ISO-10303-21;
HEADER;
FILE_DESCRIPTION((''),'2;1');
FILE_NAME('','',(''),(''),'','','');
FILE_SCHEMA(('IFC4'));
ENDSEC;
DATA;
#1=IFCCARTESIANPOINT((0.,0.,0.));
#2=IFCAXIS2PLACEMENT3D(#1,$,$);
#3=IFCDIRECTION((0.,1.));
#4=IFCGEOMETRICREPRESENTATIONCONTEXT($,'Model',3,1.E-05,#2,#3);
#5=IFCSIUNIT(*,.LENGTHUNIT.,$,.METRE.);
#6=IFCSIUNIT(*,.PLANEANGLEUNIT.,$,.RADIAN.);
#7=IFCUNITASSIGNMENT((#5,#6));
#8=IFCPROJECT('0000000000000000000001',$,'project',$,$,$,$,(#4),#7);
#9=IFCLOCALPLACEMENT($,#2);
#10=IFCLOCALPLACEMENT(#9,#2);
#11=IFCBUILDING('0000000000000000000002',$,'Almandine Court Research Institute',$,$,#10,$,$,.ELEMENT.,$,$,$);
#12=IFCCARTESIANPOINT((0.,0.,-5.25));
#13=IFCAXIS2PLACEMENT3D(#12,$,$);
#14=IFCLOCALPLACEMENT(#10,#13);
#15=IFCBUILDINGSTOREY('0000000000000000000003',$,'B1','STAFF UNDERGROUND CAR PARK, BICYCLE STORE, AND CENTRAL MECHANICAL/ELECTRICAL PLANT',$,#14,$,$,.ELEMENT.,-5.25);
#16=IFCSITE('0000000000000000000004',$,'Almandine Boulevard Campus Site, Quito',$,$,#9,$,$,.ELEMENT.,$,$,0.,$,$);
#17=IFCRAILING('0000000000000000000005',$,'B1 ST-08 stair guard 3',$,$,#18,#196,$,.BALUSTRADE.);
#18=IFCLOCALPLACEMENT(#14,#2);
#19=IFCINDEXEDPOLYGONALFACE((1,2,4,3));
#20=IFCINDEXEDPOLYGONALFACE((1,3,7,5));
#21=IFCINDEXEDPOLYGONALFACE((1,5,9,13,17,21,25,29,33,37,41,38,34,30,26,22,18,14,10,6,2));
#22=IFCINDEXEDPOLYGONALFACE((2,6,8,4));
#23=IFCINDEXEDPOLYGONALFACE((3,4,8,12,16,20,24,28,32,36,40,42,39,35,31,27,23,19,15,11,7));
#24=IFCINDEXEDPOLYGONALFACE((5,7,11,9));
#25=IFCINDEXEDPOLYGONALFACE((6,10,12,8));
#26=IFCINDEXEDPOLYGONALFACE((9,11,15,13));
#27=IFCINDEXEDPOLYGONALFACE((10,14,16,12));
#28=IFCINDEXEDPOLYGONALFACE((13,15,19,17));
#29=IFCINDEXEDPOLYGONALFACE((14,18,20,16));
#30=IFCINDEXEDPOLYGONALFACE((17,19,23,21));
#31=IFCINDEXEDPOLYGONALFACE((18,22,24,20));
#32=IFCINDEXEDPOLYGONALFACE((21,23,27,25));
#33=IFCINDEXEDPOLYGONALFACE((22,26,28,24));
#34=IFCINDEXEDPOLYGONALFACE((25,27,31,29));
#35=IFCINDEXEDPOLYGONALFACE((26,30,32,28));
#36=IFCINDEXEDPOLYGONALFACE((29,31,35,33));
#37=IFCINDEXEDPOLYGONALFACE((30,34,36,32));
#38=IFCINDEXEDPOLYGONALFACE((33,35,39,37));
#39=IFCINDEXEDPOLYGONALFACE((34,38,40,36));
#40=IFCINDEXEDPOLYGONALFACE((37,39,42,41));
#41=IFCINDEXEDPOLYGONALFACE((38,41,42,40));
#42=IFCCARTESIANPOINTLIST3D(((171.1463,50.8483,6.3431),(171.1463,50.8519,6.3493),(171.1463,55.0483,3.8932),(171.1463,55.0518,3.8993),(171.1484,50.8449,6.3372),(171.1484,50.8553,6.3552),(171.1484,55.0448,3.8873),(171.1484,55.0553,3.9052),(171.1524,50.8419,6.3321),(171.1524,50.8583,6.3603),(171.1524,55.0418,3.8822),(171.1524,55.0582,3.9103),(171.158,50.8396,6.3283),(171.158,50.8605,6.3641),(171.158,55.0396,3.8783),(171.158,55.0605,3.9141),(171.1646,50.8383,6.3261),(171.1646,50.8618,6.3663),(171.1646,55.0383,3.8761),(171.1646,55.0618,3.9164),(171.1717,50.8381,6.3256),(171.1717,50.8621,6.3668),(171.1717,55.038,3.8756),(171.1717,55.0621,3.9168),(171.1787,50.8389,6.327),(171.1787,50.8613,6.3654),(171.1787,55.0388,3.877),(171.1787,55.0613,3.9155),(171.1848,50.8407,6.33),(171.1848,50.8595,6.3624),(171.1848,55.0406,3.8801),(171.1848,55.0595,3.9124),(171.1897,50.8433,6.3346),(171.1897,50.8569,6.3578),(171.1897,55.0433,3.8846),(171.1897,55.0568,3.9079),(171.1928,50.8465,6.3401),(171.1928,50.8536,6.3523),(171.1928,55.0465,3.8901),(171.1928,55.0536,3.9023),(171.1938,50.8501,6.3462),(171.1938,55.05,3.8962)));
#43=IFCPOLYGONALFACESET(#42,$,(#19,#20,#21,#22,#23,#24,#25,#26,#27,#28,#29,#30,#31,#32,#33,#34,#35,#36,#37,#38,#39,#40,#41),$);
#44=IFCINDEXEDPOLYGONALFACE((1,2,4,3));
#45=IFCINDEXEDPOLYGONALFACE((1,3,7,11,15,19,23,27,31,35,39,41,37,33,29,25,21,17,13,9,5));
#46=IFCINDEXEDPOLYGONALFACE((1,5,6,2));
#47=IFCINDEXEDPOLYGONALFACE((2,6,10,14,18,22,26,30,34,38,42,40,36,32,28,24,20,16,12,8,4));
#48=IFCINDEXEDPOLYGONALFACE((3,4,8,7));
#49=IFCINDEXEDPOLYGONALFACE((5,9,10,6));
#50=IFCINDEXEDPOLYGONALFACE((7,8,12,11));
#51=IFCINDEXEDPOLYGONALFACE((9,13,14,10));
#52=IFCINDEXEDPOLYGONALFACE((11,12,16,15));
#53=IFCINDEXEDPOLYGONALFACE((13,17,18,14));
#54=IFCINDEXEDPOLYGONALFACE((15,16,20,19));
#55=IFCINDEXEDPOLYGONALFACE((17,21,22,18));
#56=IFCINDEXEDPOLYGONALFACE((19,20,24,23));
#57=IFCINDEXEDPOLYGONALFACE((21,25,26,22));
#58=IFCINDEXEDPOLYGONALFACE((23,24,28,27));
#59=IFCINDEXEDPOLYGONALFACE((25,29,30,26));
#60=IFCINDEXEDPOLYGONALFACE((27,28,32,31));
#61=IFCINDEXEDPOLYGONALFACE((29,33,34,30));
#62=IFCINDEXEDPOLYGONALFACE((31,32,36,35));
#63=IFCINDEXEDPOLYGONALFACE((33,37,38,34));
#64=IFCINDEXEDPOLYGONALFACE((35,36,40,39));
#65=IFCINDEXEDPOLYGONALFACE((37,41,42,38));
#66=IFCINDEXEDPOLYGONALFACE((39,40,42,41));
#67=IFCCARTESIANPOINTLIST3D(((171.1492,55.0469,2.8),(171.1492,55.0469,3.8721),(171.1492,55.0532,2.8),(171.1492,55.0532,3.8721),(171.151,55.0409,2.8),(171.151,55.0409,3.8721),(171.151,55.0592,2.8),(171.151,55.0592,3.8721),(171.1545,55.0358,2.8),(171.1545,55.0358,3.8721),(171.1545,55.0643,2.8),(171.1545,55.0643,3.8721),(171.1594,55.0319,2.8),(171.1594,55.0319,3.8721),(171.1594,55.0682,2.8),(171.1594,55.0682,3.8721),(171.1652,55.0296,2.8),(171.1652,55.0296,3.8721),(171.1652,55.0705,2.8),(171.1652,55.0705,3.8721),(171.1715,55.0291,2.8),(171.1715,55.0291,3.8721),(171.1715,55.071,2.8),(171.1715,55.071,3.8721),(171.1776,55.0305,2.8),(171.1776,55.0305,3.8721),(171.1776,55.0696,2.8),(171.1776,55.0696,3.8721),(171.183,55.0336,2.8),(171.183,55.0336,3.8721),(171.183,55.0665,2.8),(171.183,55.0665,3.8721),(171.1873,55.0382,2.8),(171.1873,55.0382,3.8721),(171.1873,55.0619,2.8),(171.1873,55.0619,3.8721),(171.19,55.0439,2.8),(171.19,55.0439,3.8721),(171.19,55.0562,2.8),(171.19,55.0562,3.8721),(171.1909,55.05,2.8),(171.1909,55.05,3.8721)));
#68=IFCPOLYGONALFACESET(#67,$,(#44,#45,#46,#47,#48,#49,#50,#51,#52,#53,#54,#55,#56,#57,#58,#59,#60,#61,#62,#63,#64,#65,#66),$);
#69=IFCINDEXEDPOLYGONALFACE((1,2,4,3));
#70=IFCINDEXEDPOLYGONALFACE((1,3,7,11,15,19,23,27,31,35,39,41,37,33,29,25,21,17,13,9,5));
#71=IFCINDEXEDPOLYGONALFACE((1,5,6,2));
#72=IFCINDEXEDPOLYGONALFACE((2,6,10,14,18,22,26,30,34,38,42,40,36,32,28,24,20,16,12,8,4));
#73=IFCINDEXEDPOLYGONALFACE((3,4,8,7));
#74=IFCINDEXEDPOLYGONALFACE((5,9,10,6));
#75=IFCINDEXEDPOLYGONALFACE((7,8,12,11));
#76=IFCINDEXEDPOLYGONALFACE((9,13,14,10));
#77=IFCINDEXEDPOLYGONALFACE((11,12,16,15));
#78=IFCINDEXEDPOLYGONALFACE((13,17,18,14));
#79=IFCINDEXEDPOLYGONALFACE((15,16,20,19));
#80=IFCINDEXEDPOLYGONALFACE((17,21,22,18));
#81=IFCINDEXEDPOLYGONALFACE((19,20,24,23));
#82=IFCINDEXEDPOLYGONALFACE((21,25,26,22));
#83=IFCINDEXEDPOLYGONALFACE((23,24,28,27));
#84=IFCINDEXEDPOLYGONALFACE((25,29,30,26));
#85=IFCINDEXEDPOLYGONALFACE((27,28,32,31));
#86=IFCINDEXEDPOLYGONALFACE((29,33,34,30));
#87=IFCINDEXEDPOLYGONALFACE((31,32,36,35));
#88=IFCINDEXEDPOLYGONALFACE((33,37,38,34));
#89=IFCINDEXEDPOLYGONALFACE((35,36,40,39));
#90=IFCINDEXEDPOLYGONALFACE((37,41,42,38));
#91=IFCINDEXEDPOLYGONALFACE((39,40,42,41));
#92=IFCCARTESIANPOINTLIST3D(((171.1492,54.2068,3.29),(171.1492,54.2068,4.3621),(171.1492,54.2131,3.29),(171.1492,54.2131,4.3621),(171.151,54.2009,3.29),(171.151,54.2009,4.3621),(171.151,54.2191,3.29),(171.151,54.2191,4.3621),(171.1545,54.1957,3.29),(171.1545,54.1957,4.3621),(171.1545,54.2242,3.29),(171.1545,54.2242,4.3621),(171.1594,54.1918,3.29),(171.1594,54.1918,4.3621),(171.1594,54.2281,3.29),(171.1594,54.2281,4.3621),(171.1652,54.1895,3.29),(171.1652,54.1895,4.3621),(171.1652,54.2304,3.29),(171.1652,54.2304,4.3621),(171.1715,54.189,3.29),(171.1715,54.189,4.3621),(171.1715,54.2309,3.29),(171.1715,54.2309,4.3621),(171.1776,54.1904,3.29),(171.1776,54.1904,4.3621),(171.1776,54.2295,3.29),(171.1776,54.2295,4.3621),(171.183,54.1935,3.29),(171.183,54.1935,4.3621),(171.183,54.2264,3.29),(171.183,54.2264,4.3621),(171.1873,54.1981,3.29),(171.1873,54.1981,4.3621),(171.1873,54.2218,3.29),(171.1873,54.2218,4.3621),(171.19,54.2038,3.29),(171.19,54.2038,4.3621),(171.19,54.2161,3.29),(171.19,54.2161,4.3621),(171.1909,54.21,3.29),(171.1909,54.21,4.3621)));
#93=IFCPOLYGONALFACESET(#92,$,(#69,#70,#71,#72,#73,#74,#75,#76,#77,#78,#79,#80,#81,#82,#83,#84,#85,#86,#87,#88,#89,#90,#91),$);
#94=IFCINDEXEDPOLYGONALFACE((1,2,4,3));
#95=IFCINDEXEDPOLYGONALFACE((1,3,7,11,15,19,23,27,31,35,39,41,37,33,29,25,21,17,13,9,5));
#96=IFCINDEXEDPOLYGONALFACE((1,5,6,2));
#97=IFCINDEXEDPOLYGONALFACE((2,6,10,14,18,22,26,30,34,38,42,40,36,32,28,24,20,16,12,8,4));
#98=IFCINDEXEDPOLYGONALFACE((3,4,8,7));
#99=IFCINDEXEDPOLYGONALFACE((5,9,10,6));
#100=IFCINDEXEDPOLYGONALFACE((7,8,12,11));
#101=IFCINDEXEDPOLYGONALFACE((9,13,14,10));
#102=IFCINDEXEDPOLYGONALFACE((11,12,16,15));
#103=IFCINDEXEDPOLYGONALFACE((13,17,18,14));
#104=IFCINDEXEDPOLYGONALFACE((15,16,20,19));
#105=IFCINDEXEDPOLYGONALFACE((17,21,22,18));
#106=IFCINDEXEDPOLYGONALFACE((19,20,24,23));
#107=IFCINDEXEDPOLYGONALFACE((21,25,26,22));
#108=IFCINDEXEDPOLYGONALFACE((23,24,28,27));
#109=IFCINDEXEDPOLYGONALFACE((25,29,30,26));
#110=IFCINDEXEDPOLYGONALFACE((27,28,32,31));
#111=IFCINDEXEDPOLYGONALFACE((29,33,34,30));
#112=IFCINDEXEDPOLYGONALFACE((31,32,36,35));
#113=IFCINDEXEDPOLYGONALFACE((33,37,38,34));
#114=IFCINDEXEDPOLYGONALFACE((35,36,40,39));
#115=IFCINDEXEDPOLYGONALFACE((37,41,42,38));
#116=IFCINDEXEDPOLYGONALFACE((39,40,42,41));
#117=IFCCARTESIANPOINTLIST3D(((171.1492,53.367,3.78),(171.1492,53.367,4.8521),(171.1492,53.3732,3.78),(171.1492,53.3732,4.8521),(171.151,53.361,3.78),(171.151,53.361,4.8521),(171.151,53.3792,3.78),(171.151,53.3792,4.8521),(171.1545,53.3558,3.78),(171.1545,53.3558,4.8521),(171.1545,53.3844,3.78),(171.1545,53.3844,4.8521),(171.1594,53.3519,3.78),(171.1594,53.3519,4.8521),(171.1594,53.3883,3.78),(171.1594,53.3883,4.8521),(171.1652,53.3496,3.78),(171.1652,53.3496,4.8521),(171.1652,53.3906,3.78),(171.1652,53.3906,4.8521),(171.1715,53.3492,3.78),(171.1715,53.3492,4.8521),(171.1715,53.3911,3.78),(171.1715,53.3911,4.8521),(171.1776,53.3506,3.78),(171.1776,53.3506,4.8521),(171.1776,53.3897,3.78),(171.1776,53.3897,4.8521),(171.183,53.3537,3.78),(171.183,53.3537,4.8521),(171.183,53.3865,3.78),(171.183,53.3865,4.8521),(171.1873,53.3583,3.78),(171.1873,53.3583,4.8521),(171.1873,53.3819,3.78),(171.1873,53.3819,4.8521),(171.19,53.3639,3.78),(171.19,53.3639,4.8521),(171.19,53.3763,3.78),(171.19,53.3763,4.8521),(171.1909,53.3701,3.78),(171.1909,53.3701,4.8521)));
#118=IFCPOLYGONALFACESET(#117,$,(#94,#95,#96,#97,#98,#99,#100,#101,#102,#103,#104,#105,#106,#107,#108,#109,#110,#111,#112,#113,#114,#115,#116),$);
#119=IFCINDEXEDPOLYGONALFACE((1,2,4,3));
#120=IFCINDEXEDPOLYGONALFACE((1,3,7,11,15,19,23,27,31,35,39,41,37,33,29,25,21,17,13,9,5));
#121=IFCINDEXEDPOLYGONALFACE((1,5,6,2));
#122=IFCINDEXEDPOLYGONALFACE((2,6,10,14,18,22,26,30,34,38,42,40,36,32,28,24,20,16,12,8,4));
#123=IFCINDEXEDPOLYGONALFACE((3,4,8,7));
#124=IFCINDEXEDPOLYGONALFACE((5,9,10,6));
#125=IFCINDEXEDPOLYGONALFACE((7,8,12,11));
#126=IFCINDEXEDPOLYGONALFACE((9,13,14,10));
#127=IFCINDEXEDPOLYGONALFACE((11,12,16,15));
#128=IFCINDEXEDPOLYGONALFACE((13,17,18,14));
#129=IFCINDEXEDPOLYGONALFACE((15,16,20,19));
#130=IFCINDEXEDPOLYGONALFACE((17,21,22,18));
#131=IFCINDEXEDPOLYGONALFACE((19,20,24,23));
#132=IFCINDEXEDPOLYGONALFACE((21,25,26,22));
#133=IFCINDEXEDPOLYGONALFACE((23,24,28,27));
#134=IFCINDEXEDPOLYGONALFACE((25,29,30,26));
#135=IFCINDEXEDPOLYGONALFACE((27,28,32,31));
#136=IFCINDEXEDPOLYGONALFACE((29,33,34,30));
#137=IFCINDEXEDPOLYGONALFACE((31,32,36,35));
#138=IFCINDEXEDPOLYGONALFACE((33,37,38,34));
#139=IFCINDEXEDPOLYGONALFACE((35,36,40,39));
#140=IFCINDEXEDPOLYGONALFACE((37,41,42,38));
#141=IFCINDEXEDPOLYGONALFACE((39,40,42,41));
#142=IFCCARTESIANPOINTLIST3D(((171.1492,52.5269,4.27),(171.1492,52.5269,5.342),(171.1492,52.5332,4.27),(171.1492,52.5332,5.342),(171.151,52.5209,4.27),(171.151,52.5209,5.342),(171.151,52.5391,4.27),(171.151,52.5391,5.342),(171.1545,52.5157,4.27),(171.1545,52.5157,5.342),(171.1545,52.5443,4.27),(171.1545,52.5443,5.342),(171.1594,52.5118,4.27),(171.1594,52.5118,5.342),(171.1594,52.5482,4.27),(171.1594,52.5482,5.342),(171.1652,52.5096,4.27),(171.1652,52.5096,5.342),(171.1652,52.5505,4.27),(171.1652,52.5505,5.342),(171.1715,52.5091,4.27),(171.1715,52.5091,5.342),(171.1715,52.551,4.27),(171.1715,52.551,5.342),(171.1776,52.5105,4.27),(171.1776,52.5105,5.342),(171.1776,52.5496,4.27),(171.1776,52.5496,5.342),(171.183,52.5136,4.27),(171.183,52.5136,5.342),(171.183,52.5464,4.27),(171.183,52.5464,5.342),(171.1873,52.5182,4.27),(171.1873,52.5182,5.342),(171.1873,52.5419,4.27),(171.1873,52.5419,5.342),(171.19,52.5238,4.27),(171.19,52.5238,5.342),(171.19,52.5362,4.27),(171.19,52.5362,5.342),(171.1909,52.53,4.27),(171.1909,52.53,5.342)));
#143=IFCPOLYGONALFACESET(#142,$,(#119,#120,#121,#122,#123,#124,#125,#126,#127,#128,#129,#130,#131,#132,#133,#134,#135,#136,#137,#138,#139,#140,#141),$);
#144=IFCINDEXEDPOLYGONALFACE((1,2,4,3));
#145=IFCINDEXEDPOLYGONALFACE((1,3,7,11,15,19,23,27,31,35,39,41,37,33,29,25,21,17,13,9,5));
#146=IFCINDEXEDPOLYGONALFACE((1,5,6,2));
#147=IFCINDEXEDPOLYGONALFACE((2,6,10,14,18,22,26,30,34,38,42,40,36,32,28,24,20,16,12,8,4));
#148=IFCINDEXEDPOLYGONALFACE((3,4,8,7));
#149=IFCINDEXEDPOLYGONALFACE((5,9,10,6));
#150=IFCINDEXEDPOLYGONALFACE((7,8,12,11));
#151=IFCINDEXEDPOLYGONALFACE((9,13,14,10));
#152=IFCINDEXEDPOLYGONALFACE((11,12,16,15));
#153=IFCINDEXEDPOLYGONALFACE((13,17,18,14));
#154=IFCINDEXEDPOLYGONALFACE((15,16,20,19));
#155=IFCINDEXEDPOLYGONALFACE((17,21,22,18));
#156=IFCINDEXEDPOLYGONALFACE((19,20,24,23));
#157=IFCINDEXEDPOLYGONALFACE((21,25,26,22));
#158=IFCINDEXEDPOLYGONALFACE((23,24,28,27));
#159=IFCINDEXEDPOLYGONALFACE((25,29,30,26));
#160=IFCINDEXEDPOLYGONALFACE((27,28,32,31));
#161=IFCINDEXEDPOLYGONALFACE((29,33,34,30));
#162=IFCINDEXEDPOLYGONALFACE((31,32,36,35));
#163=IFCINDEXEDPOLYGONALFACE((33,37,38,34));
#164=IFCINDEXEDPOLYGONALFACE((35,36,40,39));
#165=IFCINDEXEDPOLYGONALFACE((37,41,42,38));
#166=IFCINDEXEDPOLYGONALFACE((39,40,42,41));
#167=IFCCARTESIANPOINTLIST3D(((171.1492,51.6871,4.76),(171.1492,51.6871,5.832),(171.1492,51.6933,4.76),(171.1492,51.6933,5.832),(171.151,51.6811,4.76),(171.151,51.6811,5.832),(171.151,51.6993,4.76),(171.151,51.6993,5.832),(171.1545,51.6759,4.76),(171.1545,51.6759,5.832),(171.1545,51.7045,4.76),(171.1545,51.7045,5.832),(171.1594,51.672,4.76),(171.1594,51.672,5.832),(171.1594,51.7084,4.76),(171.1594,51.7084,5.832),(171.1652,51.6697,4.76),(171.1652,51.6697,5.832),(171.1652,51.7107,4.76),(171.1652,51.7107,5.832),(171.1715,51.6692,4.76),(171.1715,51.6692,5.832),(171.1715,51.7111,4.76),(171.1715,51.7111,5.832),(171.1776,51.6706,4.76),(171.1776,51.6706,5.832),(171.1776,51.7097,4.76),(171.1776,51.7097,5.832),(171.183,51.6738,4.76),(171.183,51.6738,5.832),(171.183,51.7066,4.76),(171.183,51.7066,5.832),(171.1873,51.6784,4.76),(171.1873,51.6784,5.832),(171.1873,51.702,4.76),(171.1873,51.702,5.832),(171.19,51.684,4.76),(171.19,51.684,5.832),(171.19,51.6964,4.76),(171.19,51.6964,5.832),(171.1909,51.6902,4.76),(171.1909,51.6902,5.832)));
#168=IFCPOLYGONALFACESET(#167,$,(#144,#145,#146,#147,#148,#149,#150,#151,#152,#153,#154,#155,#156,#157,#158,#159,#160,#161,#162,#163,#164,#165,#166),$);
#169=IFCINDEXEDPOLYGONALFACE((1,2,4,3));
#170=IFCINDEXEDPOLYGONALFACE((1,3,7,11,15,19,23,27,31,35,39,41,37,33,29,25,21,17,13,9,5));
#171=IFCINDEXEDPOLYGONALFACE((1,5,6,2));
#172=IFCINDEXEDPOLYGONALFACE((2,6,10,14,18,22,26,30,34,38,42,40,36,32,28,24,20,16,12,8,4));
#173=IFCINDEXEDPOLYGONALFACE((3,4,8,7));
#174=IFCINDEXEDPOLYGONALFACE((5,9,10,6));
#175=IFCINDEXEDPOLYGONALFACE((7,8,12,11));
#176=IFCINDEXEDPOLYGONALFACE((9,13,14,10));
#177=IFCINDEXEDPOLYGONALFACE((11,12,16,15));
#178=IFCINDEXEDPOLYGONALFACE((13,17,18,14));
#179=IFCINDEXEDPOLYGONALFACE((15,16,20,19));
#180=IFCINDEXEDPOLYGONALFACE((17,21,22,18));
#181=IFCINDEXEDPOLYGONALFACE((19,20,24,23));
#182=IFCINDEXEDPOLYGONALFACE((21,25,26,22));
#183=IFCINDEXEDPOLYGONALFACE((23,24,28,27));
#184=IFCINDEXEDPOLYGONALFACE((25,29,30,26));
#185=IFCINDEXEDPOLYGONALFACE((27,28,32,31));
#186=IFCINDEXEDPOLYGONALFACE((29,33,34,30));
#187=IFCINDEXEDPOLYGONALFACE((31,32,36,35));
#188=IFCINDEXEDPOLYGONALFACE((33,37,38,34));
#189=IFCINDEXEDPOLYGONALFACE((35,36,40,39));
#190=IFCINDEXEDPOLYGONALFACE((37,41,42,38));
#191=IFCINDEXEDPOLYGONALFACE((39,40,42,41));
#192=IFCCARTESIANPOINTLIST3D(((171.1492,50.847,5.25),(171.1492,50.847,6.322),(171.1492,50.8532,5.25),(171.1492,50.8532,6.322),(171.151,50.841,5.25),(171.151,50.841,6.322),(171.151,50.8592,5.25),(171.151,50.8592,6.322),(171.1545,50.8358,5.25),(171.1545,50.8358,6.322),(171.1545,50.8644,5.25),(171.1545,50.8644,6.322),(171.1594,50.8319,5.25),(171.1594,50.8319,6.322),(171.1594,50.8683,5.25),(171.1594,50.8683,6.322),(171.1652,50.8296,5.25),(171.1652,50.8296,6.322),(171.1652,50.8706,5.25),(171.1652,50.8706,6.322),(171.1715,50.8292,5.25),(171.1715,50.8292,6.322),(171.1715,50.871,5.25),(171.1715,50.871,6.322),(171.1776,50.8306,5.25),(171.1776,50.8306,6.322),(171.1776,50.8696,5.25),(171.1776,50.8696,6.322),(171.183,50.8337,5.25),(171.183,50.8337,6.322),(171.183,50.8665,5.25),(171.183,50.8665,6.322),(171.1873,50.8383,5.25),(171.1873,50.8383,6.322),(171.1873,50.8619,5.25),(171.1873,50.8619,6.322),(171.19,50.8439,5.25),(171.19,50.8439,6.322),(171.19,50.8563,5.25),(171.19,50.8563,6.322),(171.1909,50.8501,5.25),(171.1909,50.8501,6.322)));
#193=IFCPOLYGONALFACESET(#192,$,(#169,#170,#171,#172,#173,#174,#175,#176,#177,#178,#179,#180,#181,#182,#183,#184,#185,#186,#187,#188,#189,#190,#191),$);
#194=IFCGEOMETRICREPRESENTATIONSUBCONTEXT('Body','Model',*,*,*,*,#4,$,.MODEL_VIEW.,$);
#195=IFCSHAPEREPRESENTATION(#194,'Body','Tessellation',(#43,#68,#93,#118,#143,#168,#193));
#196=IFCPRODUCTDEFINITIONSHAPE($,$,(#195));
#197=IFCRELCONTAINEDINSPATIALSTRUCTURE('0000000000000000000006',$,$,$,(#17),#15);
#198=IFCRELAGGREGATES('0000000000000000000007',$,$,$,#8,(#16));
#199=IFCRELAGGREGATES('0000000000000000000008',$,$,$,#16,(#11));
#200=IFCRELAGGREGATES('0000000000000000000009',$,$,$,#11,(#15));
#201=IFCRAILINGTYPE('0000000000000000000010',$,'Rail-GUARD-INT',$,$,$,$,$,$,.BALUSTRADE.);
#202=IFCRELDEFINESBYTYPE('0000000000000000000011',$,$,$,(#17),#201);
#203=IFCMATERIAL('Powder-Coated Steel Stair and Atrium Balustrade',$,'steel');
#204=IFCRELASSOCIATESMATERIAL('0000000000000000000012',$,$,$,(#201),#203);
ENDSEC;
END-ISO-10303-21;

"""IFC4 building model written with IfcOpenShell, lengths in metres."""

from ifc_helpers import new_model, si_unit, direction, frame, origin, origin_2d, place, context, subcontext, project, spatial, circle, extrude, material, type_object, element, save


model = new_model("IFC4")

# Units and contexts
model_context = context("Model", 3, precision=1e-05, world=origin(), true_north=direction((0.0, 1.0)))
body_context = subcontext(model_context, "Body", "Model", "MODEL_VIEW")
ifc_project = project(units=[si_unit("LENGTHUNIT", "METRE"), si_unit("PLANEANGLEUNIT", "RADIAN")], contexts=[model_context])

# Site, building, storey
site_placement = place(None, origin())
site = spatial("IfcSite", under=ifc_project, at=site_placement, Name="Almandine Boulevard Campus Site, Quito", CompositionType="ELEMENT", RefElevation=0.0)
building_placement = place(site_placement, origin())
building = spatial("IfcBuilding", under=site, at=building_placement, Name="Almandine Court Research Institute", CompositionType="ELEMENT")
storey_placement = place(building_placement, frame((0.0, 0.0, -5.25)))
storey = spatial("IfcBuildingStorey", under=building, at=storey_placement, Name="B1", Description="STAFF UNDERGROUND CAR PARK, BICYCLE STORE, AND CENTRAL MECHANICAL/ELECTRICAL PLANT", CompositionType="ELEMENT", Elevation=-5.25)

# Railing
ifc_material_1 = material(Name="Powder-Coated Steel Stair and Atrium Balustrade", Category="steel")
railing_type_1 = type_object("IfcRailingType", Name="Rail-GUARD-INT", PredefinedType="BALUSTRADE", material=ifc_material_1)
railing_1_placement = place(storey_placement, frame((171.1699, 55.05, 2.8)))
element("IfcRailing", 1, at=railing_1_placement, inside=storey, type_object=railing_type_1, Name="B1 ST-08 stair guard 3", PredefinedType="BALUSTRADE", context=body_context, shape_type="SweptSolid", body=[
    extrude(circle(Radius=0.0239, at=origin_2d()), frame((0.0, 0.0, 1.0962), z_axis=(0.0, -0.863781, 0.503868), x_axis=(1.0, 0.0, 0.0)), (0.0, 0.0, 1.0), 4.8623),
    extrude(circle(Radius=0.021, at=origin_2d()), origin(), (0.0, 0.0, 1.0), 1.072),
    extrude(circle(Radius=0.021, at=origin_2d()), frame((0.0, -0.8401, 0.49)), (0.0, 0.0, 1.0), 1.072),
    extrude(circle(Radius=0.021, at=origin_2d()), frame((0.0, -1.6799, 0.98)), (0.0, 0.0, 1.0), 1.072),
    extrude(circle(Radius=0.021, at=origin_2d()), frame((0.0, -2.52, 1.47)), (0.0, 0.0, 1.0), 1.072),
    extrude(circle(Radius=0.021, at=origin_2d()), frame((0.0, -3.3599, 1.96)), (0.0, 0.0, 1.0), 1.072),
    extrude(circle(Radius=0.021, at=origin_2d()), frame((0.0, -4.2, 2.45)), (0.0, 0.0, 1.0), 1.072),
])

save(model, "model.ifc")
